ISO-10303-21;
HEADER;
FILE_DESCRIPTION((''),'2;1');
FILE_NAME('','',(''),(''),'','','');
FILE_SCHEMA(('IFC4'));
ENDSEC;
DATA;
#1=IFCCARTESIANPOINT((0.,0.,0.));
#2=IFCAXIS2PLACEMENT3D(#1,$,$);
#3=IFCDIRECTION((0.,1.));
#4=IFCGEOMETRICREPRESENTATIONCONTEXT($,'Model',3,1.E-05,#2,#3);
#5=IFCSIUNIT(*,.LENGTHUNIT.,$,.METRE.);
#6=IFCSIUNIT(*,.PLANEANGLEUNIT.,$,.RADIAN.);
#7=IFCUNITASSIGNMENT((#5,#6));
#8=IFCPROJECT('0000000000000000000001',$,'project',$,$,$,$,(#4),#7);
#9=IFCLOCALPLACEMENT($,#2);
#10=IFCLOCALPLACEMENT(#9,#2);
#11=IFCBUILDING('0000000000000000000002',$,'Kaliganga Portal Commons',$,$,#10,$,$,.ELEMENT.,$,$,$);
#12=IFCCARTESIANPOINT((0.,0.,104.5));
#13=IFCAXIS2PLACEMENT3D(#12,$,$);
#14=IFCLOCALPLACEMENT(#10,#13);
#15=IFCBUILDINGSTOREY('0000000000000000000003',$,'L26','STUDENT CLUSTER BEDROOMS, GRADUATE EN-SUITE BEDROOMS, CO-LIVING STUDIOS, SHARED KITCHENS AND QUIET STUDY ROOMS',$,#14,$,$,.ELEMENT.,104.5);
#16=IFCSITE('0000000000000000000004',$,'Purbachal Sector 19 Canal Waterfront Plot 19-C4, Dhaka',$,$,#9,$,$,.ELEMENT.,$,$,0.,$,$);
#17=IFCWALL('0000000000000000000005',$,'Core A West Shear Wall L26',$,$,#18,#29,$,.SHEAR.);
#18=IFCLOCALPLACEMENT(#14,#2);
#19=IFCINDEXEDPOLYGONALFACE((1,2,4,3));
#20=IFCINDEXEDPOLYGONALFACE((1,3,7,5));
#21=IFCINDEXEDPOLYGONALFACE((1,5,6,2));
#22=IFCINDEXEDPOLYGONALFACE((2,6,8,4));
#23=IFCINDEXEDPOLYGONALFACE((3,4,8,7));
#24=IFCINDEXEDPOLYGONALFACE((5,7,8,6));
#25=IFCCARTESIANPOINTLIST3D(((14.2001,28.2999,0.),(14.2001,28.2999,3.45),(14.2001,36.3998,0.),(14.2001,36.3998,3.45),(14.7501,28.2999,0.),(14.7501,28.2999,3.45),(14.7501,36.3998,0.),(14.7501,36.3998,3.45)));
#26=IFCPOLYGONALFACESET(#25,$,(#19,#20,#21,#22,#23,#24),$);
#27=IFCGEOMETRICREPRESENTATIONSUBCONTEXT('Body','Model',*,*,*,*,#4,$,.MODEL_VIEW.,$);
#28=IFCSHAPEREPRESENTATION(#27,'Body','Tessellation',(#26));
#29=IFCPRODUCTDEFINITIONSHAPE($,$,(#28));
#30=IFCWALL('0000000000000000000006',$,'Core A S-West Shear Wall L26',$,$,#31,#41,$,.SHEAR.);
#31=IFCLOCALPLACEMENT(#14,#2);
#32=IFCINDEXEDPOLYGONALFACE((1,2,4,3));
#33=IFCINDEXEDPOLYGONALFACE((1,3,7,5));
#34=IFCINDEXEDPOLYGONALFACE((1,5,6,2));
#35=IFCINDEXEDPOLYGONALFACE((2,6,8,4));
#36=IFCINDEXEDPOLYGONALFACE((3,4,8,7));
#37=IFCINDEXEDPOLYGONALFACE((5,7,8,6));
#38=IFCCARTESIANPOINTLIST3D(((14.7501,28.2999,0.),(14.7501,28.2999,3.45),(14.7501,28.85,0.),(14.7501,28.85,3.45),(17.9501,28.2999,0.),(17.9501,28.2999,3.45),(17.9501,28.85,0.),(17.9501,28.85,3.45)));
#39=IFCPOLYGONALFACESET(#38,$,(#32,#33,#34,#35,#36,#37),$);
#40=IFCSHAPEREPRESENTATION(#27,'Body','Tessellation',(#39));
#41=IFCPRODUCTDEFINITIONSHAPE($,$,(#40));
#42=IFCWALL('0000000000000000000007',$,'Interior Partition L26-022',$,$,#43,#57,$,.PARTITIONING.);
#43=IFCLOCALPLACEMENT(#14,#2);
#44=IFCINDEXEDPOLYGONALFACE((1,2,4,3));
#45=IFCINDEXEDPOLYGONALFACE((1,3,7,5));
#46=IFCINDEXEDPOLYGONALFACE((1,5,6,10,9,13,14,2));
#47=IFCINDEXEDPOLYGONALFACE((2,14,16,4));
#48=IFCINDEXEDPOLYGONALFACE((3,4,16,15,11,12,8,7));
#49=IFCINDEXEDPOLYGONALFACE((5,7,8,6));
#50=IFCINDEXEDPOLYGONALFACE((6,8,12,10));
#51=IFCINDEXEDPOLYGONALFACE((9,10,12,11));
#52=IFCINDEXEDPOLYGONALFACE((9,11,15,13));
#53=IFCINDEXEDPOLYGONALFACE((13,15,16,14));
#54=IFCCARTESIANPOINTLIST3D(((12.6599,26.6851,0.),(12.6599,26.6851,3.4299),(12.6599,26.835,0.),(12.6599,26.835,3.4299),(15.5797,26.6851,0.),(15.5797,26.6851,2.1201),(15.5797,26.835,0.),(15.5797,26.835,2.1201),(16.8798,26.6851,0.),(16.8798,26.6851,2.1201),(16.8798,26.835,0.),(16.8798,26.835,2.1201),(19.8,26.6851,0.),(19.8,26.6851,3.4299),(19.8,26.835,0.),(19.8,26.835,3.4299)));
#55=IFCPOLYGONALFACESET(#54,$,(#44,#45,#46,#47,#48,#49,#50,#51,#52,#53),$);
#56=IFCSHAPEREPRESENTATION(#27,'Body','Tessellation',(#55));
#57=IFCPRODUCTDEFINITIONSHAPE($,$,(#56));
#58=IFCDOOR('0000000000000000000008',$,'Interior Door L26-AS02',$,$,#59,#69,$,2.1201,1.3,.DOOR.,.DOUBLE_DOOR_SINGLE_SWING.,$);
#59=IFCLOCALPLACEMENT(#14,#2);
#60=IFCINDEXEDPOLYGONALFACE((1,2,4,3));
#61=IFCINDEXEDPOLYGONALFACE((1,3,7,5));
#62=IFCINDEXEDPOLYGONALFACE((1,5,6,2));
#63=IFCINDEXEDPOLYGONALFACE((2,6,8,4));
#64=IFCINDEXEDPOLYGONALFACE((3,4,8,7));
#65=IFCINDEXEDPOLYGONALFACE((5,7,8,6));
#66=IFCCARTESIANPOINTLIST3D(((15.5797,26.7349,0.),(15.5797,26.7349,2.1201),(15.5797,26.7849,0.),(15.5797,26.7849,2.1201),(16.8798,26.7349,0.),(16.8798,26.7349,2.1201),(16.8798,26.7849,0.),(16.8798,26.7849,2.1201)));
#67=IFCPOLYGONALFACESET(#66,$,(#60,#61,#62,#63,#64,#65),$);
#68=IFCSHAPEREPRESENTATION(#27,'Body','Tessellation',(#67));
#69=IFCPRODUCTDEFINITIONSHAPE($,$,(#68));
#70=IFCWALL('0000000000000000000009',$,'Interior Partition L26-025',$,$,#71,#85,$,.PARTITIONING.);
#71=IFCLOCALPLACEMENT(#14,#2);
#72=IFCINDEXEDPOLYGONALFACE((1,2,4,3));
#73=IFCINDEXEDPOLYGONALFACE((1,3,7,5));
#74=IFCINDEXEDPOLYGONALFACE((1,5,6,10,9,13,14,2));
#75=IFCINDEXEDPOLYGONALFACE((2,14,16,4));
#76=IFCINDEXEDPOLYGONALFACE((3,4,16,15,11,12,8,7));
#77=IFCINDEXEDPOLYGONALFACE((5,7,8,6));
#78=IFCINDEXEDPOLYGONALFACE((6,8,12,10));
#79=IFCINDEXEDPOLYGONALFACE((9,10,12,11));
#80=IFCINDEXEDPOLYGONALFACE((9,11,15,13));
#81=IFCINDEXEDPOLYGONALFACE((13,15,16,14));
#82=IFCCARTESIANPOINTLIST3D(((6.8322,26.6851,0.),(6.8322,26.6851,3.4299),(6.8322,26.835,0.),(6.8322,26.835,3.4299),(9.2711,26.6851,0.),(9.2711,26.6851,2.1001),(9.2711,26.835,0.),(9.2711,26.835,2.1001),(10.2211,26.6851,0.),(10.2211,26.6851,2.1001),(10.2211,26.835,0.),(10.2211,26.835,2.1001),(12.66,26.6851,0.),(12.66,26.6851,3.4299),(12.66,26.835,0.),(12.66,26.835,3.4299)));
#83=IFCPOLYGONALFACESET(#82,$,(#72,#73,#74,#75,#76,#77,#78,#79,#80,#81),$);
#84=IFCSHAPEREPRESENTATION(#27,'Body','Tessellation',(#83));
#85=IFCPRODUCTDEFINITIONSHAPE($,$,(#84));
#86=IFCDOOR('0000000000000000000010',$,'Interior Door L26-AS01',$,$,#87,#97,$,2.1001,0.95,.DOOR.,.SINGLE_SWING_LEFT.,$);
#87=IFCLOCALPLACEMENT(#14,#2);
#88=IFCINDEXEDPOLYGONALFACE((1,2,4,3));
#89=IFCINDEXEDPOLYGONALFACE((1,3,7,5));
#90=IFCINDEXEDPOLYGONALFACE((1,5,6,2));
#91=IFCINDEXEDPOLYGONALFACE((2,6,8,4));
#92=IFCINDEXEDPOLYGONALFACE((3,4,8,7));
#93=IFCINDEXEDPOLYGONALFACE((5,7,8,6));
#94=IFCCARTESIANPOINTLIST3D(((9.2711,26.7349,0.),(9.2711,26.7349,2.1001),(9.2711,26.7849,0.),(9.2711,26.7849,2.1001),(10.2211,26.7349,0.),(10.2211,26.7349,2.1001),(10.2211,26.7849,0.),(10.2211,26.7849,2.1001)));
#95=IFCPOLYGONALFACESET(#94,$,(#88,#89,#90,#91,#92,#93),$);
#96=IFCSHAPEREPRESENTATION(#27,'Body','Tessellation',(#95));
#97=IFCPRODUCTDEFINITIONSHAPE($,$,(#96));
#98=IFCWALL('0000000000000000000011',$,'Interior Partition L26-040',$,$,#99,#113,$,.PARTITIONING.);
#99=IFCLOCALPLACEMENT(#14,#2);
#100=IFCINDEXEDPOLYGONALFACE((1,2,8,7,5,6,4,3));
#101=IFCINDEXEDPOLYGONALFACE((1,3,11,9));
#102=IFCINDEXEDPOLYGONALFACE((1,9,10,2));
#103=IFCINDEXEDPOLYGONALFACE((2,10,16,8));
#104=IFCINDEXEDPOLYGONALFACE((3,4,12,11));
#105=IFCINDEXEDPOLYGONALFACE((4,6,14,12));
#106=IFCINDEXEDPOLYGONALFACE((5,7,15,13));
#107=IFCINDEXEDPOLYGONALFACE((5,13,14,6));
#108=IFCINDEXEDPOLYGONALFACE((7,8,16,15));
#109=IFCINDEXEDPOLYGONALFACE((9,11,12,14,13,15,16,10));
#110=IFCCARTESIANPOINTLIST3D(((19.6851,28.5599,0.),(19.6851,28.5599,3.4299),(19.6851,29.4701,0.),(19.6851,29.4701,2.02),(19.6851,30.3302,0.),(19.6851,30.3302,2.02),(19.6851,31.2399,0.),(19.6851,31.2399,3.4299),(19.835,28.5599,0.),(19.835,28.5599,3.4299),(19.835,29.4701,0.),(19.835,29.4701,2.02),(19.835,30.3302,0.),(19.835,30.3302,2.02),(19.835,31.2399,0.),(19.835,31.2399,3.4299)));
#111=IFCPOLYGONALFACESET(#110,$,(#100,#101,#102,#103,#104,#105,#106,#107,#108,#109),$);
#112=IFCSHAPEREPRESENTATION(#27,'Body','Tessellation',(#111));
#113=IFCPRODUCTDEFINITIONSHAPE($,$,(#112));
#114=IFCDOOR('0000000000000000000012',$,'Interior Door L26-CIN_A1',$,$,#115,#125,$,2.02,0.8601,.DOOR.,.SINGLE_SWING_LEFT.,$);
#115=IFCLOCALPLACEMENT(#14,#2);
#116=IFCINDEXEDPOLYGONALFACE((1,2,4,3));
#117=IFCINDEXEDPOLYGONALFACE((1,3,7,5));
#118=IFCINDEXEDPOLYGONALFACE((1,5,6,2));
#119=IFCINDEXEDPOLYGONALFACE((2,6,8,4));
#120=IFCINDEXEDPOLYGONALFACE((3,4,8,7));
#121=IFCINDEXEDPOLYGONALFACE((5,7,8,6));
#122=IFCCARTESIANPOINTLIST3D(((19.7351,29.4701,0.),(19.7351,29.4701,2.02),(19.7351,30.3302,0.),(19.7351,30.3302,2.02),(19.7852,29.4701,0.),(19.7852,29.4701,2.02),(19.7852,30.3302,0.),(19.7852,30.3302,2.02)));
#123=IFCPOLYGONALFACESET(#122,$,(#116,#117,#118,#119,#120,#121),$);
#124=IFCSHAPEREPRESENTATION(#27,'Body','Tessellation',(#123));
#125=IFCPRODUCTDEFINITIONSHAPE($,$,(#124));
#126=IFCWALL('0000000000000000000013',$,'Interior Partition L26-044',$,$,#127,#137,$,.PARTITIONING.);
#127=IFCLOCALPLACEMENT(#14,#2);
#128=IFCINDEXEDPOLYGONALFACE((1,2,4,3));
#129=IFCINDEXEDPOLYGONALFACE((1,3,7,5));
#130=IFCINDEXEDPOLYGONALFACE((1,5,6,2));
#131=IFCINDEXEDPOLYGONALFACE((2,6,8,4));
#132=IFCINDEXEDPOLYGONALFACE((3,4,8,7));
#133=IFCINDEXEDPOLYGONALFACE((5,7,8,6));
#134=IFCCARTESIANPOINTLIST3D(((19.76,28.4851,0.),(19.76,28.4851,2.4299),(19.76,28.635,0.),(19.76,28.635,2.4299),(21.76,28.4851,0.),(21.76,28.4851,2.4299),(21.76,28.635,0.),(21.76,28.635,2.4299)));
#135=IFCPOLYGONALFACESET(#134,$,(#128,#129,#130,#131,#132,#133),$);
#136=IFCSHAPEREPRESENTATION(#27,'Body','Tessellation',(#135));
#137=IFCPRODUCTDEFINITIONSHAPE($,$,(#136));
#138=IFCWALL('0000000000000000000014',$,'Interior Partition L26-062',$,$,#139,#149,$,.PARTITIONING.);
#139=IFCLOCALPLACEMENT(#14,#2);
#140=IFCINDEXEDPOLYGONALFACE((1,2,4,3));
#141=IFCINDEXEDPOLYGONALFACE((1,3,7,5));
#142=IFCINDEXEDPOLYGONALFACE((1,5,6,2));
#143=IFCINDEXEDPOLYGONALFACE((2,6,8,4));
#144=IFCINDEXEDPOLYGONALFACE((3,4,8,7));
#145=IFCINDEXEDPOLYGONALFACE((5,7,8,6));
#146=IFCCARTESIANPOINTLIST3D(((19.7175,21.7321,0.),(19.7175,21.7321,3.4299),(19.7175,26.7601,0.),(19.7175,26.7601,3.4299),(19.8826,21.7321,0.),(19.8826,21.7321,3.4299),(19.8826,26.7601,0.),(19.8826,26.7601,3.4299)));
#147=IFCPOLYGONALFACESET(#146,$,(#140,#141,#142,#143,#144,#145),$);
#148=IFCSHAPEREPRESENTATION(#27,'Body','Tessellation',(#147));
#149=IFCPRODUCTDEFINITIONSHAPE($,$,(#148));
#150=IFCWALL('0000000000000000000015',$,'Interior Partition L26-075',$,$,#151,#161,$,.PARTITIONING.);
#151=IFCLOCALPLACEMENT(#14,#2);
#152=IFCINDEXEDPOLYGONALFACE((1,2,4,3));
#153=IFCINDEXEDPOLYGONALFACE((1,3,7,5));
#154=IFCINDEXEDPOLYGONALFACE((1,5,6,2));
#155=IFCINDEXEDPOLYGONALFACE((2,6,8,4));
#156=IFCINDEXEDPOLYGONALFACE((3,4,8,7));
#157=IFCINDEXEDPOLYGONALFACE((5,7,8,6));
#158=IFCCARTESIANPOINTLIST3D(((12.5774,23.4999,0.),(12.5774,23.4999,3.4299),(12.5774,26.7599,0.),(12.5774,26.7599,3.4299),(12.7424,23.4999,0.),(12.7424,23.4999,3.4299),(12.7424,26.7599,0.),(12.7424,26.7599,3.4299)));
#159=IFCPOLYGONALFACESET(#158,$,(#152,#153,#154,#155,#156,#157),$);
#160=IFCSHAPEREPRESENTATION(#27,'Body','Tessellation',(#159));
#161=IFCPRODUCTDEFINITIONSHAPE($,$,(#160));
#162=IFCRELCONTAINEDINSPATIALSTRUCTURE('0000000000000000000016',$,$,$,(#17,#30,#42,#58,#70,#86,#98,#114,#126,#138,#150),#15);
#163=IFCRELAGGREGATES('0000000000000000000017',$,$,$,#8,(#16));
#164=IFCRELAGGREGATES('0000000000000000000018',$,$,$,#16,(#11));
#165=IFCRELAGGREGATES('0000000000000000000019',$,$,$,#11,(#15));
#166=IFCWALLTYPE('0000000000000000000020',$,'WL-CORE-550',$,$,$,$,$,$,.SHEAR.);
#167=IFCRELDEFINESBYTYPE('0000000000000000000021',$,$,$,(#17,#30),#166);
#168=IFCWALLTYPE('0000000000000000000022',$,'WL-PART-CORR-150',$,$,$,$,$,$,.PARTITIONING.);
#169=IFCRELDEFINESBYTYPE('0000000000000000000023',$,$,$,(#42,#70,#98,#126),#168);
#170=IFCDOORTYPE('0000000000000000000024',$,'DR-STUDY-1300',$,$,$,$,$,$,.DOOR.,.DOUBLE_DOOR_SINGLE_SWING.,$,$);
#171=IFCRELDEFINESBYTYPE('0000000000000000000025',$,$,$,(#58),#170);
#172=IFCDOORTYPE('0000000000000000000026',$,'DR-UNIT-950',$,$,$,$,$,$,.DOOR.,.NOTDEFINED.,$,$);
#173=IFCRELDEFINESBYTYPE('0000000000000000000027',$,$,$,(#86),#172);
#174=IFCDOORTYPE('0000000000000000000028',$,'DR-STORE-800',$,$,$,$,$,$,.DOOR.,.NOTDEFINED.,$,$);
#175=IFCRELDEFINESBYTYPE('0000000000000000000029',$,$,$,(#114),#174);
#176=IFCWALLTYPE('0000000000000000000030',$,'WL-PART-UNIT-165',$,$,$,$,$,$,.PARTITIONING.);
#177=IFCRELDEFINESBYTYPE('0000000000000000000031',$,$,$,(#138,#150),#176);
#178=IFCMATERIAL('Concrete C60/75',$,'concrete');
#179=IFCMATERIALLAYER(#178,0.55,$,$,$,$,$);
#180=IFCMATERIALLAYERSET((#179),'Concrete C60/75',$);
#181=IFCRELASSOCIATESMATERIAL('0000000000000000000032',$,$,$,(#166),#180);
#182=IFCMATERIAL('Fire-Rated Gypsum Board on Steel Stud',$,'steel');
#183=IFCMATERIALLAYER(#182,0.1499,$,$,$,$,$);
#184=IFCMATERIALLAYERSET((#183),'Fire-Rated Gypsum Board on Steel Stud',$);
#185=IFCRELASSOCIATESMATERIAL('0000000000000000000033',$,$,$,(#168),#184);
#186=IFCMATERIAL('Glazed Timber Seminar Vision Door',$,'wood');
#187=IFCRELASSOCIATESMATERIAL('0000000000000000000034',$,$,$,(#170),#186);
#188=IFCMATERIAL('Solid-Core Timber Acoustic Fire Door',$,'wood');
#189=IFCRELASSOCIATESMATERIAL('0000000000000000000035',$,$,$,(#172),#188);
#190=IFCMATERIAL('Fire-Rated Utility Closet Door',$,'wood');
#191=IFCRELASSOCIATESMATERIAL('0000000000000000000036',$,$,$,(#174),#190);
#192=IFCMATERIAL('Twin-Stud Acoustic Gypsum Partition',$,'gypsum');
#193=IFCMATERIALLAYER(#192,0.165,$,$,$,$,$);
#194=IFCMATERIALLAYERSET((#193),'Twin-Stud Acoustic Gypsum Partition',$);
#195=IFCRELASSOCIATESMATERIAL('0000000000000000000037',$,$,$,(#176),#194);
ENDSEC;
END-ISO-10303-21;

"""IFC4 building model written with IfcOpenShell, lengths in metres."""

from ifc_helpers import new_model, si_unit, direction, frame, frame_2d, origin, place, context, subcontext, project, spatial, rectangle, extrude, material, layer, layer_set, type_object, element, fill, save


model = new_model("IFC4")

# Units and contexts
model_context = context("Model", 3, precision=1e-05, world=origin(), true_north=direction((0.0, 1.0)))
body_context = subcontext(model_context, "Body", "Model", "MODEL_VIEW")
ifc_project = project(units=[si_unit("LENGTHUNIT", "METRE"), si_unit("PLANEANGLEUNIT", "RADIAN")], contexts=[model_context])

# Site, building, storey
site_placement = place(None, origin())
site = spatial("IfcSite", under=ifc_project, at=site_placement, Name="Purbachal Sector 19 Canal Waterfront Plot 19-C4, Dhaka", CompositionType="ELEMENT", RefElevation=0.0)
building_placement = place(site_placement, origin())
building = spatial("IfcBuilding", under=site, at=building_placement, Name="Kaliganga Portal Commons", CompositionType="ELEMENT")
storey_placement = place(building_placement, frame((0.0, 0.0, 104.5)))
storey = spatial("IfcBuildingStorey", under=building, at=storey_placement, Name="L26", Description="STUDENT CLUSTER BEDROOMS, GRADUATE EN-SUITE BEDROOMS, CO-LIVING STUDIOS, SHARED KITCHENS AND QUIET STUDY ROOMS", CompositionType="ELEMENT", Elevation=104.5)

# Shared definitions
ifc_material_1 = material(Name="Concrete C60/75", Category="concrete")

# Walls
ifc_layer_1 = layer(ifc_material_1, 0.55)
ifc_layer_set_1 = layer_set([ifc_layer_1], Name="Concrete C60/75")
wall_type_1 = type_object("IfcWallType", Name="WL-CORE-550", PredefinedType="SHEAR", material=ifc_layer_set_1)
wall_1_placement = place(storey_placement, frame((14.4751, 28.3, 0.0), z_axis=(0.0, 0.0, 1.0), x_axis=(0.0, 1.0, 0.0)))
element("IfcWall", 1, at=wall_1_placement, inside=storey, type_object=wall_type_1, Name="Core A West Shear Wall L26", PredefinedType="SHEAR", context=body_context, shape_type="SweptSolid", body=[
    extrude(rectangle(XDim=8.0999, YDim=0.55, at=frame_2d((4.0498, 0.0))), origin(), (0.0, 0.0, 1.0), 3.45),
])
wall_2_placement = place(storey_placement, frame((14.75, 28.575, 0.0), z_axis=(0.0, 0.0, 1.0), x_axis=(1.0, 0.0, 0.0)))
element("IfcWall", 2, at=wall_2_placement, inside=storey, type_object=wall_type_1, Name="Core A S-West Shear Wall L26", PredefinedType="SHEAR", context=body_context, shape_type="SweptSolid", body=[
    extrude(rectangle(XDim=3.2, YDim=0.55, at=frame_2d((1.6001, 0.0))), origin(), (0.0, 0.0, 1.0), 3.45),
])

# Walls, openings, doors
ifc_material_2 = material(Name="Fire-Rated Gypsum Board on Steel Stud", Category="steel")
ifc_layer_2 = layer(ifc_material_2, 0.1499)
ifc_layer_set_2 = layer_set([ifc_layer_2], Name="Fire-Rated Gypsum Board on Steel Stud")
wall_type_2 = type_object("IfcWallType", Name="WL-PART-CORR-150", PredefinedType="PARTITIONING", material=ifc_layer_set_2)
wall_3_placement = place(storey_placement, frame((12.6599, 26.76, 0.0), z_axis=(0.0, 0.0, 1.0), x_axis=(1.0, 0.0, 0.0)))
wall_3 = element("IfcWall", 3, at=wall_3_placement, inside=storey, type_object=wall_type_2, Name="Interior Partition L26-022", PredefinedType="PARTITIONING", context=body_context, shape_type="SweptSolid", body=[
    extrude(rectangle(XDim=7.1401, YDim=0.1499, at=frame_2d((3.5701, 0.0))), origin(), (0.0, 0.0, 1.0), 3.4299),
])
opening_1_placement = place(wall_3_placement, frame((2.9199, 0.0, 0.0)))
opening_1 = element("IfcOpeningElement", 4, at=opening_1_placement, cuts=wall_3, PredefinedType="OPENING", context=body_context, shape_type="SweptSolid", body=[
    extrude(rectangle(XDim=1.3, YDim=2.1201, at=frame_2d((0.6499, 1.0601))), frame((0.0, 0.085, 0.0), z_axis=(0.0, -1.0, 0.0), x_axis=(1.0, 0.0, 0.0)), (0.0, 0.0, 1.0), 0.1699),
])
ifc_material_3 = material(Name="Glazed Timber Seminar Vision Door", Category="wood")
door_type_1 = type_object("IfcDoorType", Name="DR-STUDY-1300", OperationType="DOUBLE_DOOR_SINGLE_SWING", PredefinedType="DOOR", material=ifc_material_3)
door_1_placement = place(opening_1_placement, origin())
door_1 = element("IfcDoor", 5, at=door_1_placement, inside=storey, type_object=door_type_1, Name="Interior Door L26-AS02", OperationType="DOUBLE_DOOR_SINGLE_SWING", OverallHeight=2.1201, OverallWidth=1.3, PredefinedType="DOOR", context=body_context, shape_type="SweptSolid", body=[
    extrude(rectangle(XDim=1.3, YDim=2.1201, at=frame_2d((0.6499, 1.0601))), frame((0.0, 0.0249, 0.0), z_axis=(0.0, -1.0, 0.0), x_axis=(1.0, 0.0, 0.0)), (0.0, 0.0, 1.0), 0.05),
])
fill(opening_1, door_1)
wall_4_placement = place(storey_placement, frame((6.832, 26.76, 0.0), z_axis=(0.0, 0.0, 1.0), x_axis=(1.0, 0.0, 0.0)))
wall_4 = element("IfcWall", 6, at=wall_4_placement, inside=storey, type_object=wall_type_2, Name="Interior Partition L26-025", PredefinedType="PARTITIONING", context=body_context, shape_type="SweptSolid", body=[
    extrude(rectangle(XDim=5.8279, YDim=0.1499, at=frame_2d((2.9141, 0.0))), origin(), (0.0, 0.0, 1.0), 3.4299),
])
opening_2_placement = place(wall_4_placement, frame((2.439, 0.0, 0.0)))
opening_2 = element("IfcOpeningElement", 7, at=opening_2_placement, cuts=wall_4, PredefinedType="OPENING", context=body_context, shape_type="SweptSolid", body=[
    extrude(rectangle(XDim=0.95, YDim=2.1001, at=frame_2d((0.4751, 1.05))), frame((0.0, 0.085, 0.0), z_axis=(0.0, -1.0, 0.0), x_axis=(1.0, 0.0, 0.0)), (0.0, 0.0, 1.0), 0.1699),
])
ifc_material_4 = material(Name="Solid-Core Timber Acoustic Fire Door", Category="wood")
door_type_2 = type_object("IfcDoorType", Name="DR-UNIT-950", OperationType="NOTDEFINED", PredefinedType="DOOR", material=ifc_material_4)
door_2_placement = place(opening_2_placement, origin())
door_2 = element("IfcDoor", 8, at=door_2_placement, inside=storey, type_object=door_type_2, Name="Interior Door L26-AS01", OperationType="SINGLE_SWING_LEFT", OverallHeight=2.1001, OverallWidth=0.95, PredefinedType="DOOR", context=body_context, shape_type="SweptSolid", body=[
    extrude(rectangle(XDim=0.95, YDim=2.1001, at=frame_2d((0.4751, 1.05))), frame((0.0, 0.0249, 0.0), z_axis=(0.0, -1.0, 0.0), x_axis=(1.0, 0.0, 0.0)), (0.0, 0.0, 1.0), 0.05),
])
fill(opening_2, door_2)
wall_5_placement = place(storey_placement, frame((19.76, 28.5601, 0.0), z_axis=(0.0, 0.0, 1.0), x_axis=(0.0, 1.0, 0.0)))
wall_5 = element("IfcWall", 9, at=wall_5_placement, inside=storey, type_object=wall_type_2, Name="Interior Partition L26-040", PredefinedType="PARTITIONING", context=body_context, shape_type="SweptSolid", body=[
    extrude(rectangle(XDim=2.6799, YDim=0.1499, at=frame_2d((1.3398, 0.0))), origin(), (0.0, 0.0, 1.0), 3.4299),
])
opening_3_placement = place(wall_5_placement, frame((0.9099, 0.0, 0.0)))
opening_3 = element("IfcOpeningElement", 10, at=opening_3_placement, cuts=wall_5, PredefinedType="OPENING", context=body_context, shape_type="SweptSolid", body=[
    extrude(rectangle(XDim=0.8601, YDim=2.02, at=frame_2d((0.4302, 1.01))), frame((0.0, 0.085, 0.0), z_axis=(0.0, -1.0, 0.0), x_axis=(1.0, 0.0, 0.0)), (0.0, 0.0, 1.0), 0.1699),
])
ifc_material_5 = material(Name="Fire-Rated Utility Closet Door", Category="wood")
door_type_3 = type_object("IfcDoorType", Name="DR-STORE-800", OperationType="NOTDEFINED", PredefinedType="DOOR", material=ifc_material_5)
door_3_placement = place(opening_3_placement, origin())
door_3 = element("IfcDoor", 11, at=door_3_placement, inside=storey, type_object=door_type_3, Name="Interior Door L26-CIN_A1", OperationType="SINGLE_SWING_LEFT", OverallHeight=2.02, OverallWidth=0.8601, PredefinedType="DOOR", context=body_context, shape_type="SweptSolid", body=[
    extrude(rectangle(XDim=0.8601, YDim=2.02, at=frame_2d((0.4302, 1.01))), frame((0.0, 0.0249, 0.0), z_axis=(0.0, -1.0, 0.0), x_axis=(1.0, 0.0, 0.0)), (0.0, 0.0, 1.0), 0.05),
])
fill(opening_3, door_3)

# Walls
wall_6_placement = place(storey_placement, frame((19.76, 28.5601, 0.0), z_axis=(0.0, 0.0, 1.0), x_axis=(1.0, 0.0, 0.0)))
element("IfcWall", 12, at=wall_6_placement, inside=storey, type_object=wall_type_2, Name="Interior Partition L26-044", PredefinedType="PARTITIONING", context=body_context, shape_type="SweptSolid", body=[
    extrude(rectangle(XDim=2.0, YDim=0.1499, at=frame_2d((1.0, 0.0))), origin(), (0.0, 0.0, 1.0), 2.4299),
])
ifc_material_6 = material(Name="Twin-Stud Acoustic Gypsum Partition", Category="gypsum")
ifc_layer_3 = layer(ifc_material_6, 0.165)
ifc_layer_set_3 = layer_set([ifc_layer_3], Name="Twin-Stud Acoustic Gypsum Partition")
wall_type_3 = type_object("IfcWallType", Name="WL-PART-UNIT-165", PredefinedType="PARTITIONING", material=ifc_layer_set_3)
wall_7_placement = place(storey_placement, frame((19.8, 21.7319, 0.0), z_axis=(0.0, 0.0, 1.0), x_axis=(0.0, 1.0, 0.0)))
element("IfcWall", 13, at=wall_7_placement, inside=storey, type_object=wall_type_3, Name="Interior Partition L26-062", PredefinedType="PARTITIONING", context=body_context, shape_type="SweptSolid", body=[
    extrude(rectangle(XDim=5.0281, YDim=0.165, at=frame_2d((2.5142, 0.0))), origin(), (0.0, 0.0, 1.0), 3.4299),
])
wall_8_placement = place(storey_placement, frame((12.6599, 23.5, 0.0), z_axis=(0.0, 0.0, 1.0), x_axis=(0.0, 1.0, 0.0)))
element("IfcWall", 14, at=wall_8_placement, inside=storey, type_object=wall_type_3, Name="Interior Partition L26-075", PredefinedType="PARTITIONING", context=body_context, shape_type="SweptSolid", body=[
    extrude(rectangle(XDim=3.26, YDim=0.165, at=frame_2d((1.6299, 0.0))), origin(), (0.0, 0.0, 1.0), 3.4299),
])

save(model, "model.ifc")
